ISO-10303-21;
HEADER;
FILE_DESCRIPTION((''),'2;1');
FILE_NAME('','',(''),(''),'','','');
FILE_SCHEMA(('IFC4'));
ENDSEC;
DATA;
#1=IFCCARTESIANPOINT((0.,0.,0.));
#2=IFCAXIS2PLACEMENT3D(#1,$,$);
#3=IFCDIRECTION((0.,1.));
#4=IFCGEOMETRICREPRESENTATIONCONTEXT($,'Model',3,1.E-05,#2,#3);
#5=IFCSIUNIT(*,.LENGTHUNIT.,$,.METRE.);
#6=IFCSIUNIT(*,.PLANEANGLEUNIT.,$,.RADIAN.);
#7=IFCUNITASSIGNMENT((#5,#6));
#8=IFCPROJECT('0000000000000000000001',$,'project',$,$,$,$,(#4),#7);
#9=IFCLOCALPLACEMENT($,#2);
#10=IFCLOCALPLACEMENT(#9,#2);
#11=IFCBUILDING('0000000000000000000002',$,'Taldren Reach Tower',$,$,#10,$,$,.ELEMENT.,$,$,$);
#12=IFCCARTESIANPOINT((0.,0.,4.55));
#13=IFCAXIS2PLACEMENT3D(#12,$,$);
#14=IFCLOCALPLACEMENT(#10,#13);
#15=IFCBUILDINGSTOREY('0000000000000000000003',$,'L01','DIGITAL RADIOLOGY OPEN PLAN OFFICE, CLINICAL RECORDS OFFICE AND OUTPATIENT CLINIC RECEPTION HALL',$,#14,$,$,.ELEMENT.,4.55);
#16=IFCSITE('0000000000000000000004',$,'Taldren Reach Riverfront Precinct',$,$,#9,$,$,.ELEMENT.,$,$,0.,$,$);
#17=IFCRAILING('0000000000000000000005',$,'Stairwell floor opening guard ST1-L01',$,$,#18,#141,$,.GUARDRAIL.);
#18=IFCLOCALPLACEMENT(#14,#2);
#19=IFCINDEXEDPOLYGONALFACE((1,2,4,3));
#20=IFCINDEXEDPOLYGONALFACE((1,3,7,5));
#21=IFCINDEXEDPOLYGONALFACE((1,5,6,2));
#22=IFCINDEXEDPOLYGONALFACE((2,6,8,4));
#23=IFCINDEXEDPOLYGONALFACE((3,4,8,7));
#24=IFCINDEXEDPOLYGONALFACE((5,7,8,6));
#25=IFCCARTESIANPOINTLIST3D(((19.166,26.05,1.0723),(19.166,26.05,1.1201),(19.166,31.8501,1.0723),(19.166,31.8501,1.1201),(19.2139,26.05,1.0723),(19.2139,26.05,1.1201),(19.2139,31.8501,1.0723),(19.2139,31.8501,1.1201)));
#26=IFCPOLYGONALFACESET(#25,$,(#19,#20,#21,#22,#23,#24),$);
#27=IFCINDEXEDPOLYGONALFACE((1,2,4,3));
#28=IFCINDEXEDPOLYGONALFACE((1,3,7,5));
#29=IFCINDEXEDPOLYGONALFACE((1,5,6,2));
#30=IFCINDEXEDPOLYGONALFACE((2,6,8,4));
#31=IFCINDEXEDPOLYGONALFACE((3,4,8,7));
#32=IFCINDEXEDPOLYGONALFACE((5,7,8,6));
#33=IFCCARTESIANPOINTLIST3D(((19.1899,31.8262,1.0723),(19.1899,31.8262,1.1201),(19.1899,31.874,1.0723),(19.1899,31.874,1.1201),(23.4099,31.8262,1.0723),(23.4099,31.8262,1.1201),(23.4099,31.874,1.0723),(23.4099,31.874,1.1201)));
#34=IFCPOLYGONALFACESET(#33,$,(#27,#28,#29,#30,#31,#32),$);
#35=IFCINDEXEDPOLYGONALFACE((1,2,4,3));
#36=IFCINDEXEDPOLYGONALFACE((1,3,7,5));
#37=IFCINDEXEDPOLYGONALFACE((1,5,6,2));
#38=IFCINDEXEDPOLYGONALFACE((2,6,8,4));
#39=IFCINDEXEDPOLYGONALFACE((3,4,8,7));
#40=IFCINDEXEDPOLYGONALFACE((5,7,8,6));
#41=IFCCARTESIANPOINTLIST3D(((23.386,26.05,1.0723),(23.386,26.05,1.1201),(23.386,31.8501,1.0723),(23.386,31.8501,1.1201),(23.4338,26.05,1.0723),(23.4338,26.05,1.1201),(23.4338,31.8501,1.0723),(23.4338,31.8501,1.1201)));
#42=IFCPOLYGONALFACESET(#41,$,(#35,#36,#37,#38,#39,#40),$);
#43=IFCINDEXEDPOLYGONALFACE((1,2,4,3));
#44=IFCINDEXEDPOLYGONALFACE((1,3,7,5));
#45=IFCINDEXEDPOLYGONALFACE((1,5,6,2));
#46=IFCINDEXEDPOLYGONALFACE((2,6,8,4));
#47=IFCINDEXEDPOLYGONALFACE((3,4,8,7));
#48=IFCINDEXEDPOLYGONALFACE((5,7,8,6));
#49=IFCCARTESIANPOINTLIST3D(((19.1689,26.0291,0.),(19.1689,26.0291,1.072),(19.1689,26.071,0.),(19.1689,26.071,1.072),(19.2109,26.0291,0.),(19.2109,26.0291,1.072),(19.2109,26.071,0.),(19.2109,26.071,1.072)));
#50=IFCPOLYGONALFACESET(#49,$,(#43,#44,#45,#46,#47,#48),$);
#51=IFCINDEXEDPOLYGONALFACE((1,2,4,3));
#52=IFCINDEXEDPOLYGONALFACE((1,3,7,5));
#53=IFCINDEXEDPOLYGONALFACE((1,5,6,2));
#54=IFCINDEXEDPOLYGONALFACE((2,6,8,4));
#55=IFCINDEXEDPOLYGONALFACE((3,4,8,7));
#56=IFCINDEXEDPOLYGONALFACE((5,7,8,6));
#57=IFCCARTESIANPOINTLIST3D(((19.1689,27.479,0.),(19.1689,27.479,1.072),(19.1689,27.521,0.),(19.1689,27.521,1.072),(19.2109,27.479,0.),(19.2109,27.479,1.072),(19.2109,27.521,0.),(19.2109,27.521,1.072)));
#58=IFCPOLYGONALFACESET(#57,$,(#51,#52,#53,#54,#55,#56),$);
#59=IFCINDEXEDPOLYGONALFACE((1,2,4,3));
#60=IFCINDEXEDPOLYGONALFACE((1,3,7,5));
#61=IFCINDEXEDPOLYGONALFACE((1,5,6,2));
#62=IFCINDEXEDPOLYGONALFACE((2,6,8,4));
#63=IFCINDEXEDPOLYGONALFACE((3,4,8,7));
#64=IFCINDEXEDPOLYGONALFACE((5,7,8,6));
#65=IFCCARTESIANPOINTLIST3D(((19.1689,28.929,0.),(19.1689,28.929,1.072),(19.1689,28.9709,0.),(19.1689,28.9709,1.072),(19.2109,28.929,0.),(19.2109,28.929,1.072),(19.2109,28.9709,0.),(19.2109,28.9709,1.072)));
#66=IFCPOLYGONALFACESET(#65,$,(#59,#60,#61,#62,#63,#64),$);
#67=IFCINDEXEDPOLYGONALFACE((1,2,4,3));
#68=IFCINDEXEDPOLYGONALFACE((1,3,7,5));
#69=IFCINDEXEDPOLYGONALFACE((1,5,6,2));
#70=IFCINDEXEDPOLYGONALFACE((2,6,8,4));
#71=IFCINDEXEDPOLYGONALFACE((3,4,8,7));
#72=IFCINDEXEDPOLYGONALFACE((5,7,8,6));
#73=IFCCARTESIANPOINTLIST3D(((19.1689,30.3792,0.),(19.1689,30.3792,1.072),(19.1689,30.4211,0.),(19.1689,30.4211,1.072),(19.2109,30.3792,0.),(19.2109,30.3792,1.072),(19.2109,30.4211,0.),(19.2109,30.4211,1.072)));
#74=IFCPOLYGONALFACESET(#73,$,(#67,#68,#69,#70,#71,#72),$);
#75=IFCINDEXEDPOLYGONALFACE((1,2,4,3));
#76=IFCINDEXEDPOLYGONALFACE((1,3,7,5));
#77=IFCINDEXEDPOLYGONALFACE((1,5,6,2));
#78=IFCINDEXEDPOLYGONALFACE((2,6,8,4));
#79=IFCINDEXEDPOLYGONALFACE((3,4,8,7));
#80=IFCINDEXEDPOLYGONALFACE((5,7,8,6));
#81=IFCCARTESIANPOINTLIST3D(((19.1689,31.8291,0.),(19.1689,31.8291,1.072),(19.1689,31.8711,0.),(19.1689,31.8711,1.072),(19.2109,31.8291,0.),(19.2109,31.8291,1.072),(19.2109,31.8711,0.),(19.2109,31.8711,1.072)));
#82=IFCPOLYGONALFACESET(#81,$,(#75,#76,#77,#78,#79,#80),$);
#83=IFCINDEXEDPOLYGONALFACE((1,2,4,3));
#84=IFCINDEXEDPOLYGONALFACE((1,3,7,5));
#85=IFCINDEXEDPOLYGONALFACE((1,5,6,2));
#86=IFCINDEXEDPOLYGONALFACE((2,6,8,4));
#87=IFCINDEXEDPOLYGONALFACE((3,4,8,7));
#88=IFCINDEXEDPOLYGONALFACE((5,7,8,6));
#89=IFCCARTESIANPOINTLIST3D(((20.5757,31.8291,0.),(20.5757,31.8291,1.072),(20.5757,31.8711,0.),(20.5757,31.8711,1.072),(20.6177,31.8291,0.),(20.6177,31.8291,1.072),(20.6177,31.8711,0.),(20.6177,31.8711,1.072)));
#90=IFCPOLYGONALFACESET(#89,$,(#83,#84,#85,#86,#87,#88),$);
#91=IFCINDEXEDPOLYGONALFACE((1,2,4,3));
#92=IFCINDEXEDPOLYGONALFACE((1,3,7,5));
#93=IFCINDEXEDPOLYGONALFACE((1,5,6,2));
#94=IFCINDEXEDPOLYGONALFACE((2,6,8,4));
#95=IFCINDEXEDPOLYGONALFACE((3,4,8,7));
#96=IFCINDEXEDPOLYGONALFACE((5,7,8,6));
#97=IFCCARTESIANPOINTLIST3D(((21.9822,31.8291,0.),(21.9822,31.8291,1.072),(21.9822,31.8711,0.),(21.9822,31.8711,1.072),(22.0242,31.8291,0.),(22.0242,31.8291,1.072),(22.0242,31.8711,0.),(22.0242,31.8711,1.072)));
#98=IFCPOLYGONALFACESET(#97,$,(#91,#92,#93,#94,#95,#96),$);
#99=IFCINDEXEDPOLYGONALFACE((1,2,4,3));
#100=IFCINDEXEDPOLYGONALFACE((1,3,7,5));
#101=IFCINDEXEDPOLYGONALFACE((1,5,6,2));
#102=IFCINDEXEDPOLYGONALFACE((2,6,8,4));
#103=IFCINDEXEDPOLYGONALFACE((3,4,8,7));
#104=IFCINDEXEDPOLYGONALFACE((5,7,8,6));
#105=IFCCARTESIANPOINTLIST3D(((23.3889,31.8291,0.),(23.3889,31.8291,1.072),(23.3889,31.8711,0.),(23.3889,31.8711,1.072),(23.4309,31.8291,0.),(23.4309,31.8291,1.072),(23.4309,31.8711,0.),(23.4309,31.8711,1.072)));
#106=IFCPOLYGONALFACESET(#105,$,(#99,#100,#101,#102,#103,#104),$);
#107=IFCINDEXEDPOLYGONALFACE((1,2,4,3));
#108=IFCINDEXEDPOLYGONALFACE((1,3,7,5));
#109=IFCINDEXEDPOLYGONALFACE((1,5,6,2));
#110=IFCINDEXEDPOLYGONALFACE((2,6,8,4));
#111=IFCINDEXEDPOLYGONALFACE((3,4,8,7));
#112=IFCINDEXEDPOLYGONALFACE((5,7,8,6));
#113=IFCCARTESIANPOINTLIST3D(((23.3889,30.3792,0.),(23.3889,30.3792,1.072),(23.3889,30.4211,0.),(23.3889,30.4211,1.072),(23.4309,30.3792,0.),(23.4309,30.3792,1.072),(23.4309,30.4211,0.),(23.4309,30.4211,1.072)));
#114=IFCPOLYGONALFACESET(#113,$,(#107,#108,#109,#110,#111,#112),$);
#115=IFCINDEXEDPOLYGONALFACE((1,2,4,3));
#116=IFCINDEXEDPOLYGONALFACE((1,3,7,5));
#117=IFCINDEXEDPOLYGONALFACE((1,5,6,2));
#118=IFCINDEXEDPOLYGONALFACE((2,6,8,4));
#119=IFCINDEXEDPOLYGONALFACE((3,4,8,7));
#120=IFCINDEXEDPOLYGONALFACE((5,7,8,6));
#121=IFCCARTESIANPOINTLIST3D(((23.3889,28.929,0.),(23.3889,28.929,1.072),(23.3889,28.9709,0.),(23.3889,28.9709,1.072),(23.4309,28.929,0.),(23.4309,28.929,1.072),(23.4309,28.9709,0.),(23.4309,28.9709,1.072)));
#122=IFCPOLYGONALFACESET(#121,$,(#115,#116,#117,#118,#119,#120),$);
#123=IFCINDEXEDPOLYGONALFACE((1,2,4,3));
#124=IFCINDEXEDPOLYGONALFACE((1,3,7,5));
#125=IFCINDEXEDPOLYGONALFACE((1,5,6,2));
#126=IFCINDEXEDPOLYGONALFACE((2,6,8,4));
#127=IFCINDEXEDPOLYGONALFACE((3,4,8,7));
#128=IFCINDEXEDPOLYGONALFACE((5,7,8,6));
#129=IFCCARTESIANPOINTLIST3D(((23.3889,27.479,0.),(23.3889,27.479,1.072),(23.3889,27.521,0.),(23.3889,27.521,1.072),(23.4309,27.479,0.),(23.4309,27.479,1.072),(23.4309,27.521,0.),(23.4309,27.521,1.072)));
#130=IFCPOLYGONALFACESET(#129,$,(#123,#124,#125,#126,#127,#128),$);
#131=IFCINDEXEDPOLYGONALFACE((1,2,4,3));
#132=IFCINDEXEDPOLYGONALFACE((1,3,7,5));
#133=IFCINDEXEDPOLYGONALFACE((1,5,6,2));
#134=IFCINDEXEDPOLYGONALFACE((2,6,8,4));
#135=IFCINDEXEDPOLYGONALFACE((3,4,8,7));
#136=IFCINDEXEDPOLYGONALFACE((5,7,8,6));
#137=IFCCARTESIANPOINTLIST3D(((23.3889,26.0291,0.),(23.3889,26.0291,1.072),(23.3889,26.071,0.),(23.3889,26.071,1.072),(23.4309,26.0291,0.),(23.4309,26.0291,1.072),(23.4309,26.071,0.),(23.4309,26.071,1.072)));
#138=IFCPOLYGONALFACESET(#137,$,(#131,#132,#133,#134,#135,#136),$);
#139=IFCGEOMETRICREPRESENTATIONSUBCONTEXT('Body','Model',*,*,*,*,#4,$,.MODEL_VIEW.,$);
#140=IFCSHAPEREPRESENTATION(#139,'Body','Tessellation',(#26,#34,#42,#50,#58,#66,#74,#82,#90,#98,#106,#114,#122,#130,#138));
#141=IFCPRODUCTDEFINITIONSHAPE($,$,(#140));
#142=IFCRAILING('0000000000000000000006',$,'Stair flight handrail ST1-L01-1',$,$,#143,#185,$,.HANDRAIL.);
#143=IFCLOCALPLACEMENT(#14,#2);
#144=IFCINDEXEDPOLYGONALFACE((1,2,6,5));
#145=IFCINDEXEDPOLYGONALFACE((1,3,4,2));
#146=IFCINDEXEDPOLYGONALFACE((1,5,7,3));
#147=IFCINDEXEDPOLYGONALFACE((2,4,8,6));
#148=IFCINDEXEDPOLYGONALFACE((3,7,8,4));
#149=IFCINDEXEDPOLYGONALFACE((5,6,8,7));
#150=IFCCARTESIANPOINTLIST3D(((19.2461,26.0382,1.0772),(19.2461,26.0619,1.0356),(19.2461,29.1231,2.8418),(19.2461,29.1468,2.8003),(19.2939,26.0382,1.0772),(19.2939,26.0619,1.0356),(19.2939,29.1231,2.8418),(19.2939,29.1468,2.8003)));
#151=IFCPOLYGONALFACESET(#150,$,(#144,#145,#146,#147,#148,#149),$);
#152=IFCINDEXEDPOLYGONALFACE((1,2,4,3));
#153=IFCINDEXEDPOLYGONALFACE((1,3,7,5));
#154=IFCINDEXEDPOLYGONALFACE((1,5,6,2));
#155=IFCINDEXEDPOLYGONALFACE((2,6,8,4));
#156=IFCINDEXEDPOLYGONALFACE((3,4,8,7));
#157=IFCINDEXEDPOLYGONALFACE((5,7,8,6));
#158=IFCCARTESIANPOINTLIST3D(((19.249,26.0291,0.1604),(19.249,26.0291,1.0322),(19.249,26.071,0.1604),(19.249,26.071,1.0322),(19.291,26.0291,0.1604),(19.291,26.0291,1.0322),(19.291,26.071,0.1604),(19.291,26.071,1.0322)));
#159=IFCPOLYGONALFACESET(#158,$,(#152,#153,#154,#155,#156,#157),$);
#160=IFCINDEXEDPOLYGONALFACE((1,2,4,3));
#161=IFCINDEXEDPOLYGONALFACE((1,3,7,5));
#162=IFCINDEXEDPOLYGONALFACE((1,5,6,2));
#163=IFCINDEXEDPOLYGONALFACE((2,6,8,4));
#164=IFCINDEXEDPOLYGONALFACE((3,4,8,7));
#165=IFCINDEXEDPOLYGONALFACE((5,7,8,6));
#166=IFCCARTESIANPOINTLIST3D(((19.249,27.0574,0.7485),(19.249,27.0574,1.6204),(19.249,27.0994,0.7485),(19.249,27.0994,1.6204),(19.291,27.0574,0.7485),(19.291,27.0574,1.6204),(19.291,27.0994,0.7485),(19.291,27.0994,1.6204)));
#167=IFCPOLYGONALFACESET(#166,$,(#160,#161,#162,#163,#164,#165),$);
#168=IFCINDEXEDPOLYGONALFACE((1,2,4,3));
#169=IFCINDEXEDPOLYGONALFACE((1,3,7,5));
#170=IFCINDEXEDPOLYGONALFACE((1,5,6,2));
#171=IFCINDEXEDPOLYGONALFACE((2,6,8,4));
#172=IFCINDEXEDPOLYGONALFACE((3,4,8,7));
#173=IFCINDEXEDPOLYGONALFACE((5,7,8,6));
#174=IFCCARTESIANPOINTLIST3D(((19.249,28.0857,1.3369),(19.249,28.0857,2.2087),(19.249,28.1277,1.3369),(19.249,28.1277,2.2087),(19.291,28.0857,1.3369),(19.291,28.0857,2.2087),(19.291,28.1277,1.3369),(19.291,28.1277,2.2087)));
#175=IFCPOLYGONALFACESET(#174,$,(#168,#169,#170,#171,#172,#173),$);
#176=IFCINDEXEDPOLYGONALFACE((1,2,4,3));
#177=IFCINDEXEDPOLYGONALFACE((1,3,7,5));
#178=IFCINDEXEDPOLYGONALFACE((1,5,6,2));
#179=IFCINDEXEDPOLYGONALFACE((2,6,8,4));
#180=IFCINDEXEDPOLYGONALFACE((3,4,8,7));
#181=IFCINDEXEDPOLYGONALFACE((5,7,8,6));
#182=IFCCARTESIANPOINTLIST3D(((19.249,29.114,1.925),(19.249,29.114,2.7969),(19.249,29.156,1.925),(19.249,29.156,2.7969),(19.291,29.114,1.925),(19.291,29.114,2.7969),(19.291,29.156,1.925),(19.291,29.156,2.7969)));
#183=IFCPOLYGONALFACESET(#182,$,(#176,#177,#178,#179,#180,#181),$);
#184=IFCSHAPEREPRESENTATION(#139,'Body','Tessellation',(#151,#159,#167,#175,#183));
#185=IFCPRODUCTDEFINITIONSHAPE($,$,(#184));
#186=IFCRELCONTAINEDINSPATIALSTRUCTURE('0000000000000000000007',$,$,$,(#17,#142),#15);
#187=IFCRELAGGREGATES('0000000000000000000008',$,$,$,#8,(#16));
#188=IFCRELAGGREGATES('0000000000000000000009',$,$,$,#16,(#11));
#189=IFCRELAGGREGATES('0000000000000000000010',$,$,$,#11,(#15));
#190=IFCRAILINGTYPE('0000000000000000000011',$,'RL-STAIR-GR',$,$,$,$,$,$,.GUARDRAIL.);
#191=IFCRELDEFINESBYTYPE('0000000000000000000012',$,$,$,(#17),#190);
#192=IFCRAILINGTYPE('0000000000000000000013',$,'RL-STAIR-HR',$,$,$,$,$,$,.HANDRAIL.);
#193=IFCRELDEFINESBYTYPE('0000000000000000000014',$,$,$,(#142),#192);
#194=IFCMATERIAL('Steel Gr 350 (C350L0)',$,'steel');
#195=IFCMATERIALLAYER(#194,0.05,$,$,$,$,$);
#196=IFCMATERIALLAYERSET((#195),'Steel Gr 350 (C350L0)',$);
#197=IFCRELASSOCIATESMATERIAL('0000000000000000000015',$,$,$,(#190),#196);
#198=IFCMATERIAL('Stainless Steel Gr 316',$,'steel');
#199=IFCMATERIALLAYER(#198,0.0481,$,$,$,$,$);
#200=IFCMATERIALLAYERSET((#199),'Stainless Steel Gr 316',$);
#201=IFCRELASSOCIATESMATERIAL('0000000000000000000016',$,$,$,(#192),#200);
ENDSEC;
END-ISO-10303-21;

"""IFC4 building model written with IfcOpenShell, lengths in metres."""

from ifc_helpers import new_model, si_unit, direction, frame, origin, origin_2d, place, context, subcontext, project, spatial, rectangle, extrude, material, layer, layer_set, type_object, element, save


model = new_model("IFC4")

# Units and contexts
model_context = context("Model", 3, precision=1e-05, world=origin(), true_north=direction((0.0, 1.0)))
body_context = subcontext(model_context, "Body", "Model", "MODEL_VIEW")
ifc_project = project(units=[si_unit("LENGTHUNIT", "METRE"), si_unit("PLANEANGLEUNIT", "RADIAN")], contexts=[model_context])

# Site, building, storey
site_placement = place(None, origin())
site = spatial("IfcSite", under=ifc_project, at=site_placement, Name="Taldren Reach Riverfront Precinct", CompositionType="ELEMENT", RefElevation=0.0)
building_placement = place(site_placement, origin())
building = spatial("IfcBuilding", under=site, at=building_placement, Name="Taldren Reach Tower", CompositionType="ELEMENT")
storey_placement = place(building_placement, frame((0.0, 0.0, 4.55)))
storey = spatial("IfcBuildingStorey", under=building, at=storey_placement, Name="L01", Description="DIGITAL RADIOLOGY OPEN PLAN OFFICE, CLINICAL RECORDS OFFICE AND OUTPATIENT CLINIC RECEPTION HALL", CompositionType="ELEMENT", Elevation=4.55)

# Railings
ifc_material_1 = material(Name="Steel Gr 350 (C350L0)", Category="steel")
ifc_layer_1 = layer(ifc_material_1, 0.05)
ifc_layer_set_1 = layer_set([ifc_layer_1], Name="Steel Gr 350 (C350L0)")
railing_type_1 = type_object("IfcRailingType", Name="RL-STAIR-GR", PredefinedType="GUARDRAIL", material=ifc_layer_set_1)
railing_1_placement = place(storey_placement, frame((19.1899, 26.05, 0.0)))
element("IfcRailing", 1, at=railing_1_placement, inside=storey, type_object=railing_type_1, Name="Stairwell floor opening guard ST1-L01", PredefinedType="GUARDRAIL", context=body_context, shape_type="SweptSolid", body=[
    extrude(rectangle(XDim=0.0479, YDim=0.0479, at=origin_2d()), frame((0.0, 0.0, 1.0962), z_axis=(0.0, 1.0, 0.0), x_axis=(-1.0, 0.0, 0.0)), (0.0, 0.0, 1.0), 5.8),
    extrude(rectangle(XDim=0.0479, YDim=0.0479, at=origin_2d()), frame((0.0, 5.8, 1.0962), z_axis=(1.0, 0.0, 0.0), x_axis=(0.0, 1.0, 0.0)), (0.0, 0.0, 1.0), 4.22),
    extrude(rectangle(XDim=0.0479, YDim=0.0479, at=origin_2d()), frame((4.22, 5.8, 1.0962), z_axis=(0.0, -1.0, 0.0), x_axis=(1.0, 0.0, 0.0)), (0.0, 0.0, 1.0), 5.8),
    extrude(rectangle(XDim=0.042, YDim=0.042, at=origin_2d()), origin(), (0.0, 0.0, 1.0), 1.072),
    extrude(rectangle(XDim=0.042, YDim=0.042, at=origin_2d()), frame((0.0, 1.45, 0.0)), (0.0, 0.0, 1.0), 1.072),
    extrude(rectangle(XDim=0.042, YDim=0.042, at=origin_2d()), frame((0.0, 2.8999, 0.0)), (0.0, 0.0, 1.0), 1.072),
    extrude(rectangle(XDim=0.042, YDim=0.042, at=origin_2d()), frame((0.0, 4.3501, 0.0)), (0.0, 0.0, 1.0), 1.072),
    extrude(rectangle(XDim=0.042, YDim=0.042, at=origin_2d()), frame((0.0, 5.8, 0.0)), (0.0, 0.0, 1.0), 1.072),
    extrude(rectangle(XDim=0.042, YDim=0.042, at=origin_2d()), frame((1.4067, 5.8, 0.0)), (0.0, 0.0, 1.0), 1.072),
    extrude(rectangle(XDim=0.042, YDim=0.042, at=origin_2d()), frame((2.8132, 5.8, 0.0)), (0.0, 0.0, 1.0), 1.072),
    extrude(rectangle(XDim=0.042, YDim=0.042, at=origin_2d()), frame((4.22, 5.8, 0.0)), (0.0, 0.0, 1.0), 1.072),
    extrude(rectangle(XDim=0.042, YDim=0.042, at=origin_2d()), frame((4.22, 4.3501, 0.0)), (0.0, 0.0, 1.0), 1.072),
    extrude(rectangle(XDim=0.042, YDim=0.042, at=origin_2d()), frame((4.22, 2.8999, 0.0)), (0.0, 0.0, 1.0), 1.072),
    extrude(rectangle(XDim=0.042, YDim=0.042, at=origin_2d()), frame((4.22, 1.45, 0.0)), (0.0, 0.0, 1.0), 1.072),
    extrude(rectangle(XDim=0.042, YDim=0.042, at=origin_2d()), frame((4.22, 0.0, 0.0)), (0.0, 0.0, 1.0), 1.072),
])
ifc_material_2 = material(Name="Stainless Steel Gr 316", Category="steel")
ifc_layer_2 = layer(ifc_material_2, 0.0481)
ifc_layer_set_2 = layer_set([ifc_layer_2], Name="Stainless Steel Gr 316")
railing_type_2 = type_object("IfcRailingType", Name="RL-STAIR-HR", PredefinedType="HANDRAIL", material=ifc_layer_set_2)
railing_2_placement = place(storey_placement, frame((19.27, 26.05, 0.1604)))
element("IfcRailing", 2, at=railing_2_placement, inside=storey, type_object=railing_type_2, Name="Stair flight handrail ST1-L01-1", PredefinedType="HANDRAIL", context=body_context, shape_type="SweptSolid", body=[
    extrude(rectangle(XDim=0.0479, YDim=0.0479, at=origin_2d()), frame((0.0, 0.0, 0.896), z_axis=(0.0, 0.868023, 0.496524), x_axis=(-1.0, 0.0, 0.0)), (0.0, 0.0, 1.0), 3.554),
    extrude(rectangle(XDim=0.042, YDim=0.042, at=origin_2d()), origin(), (0.0, 0.0, 1.0), 0.8718),
    extrude(rectangle(XDim=0.042, YDim=0.042, at=origin_2d()), frame((0.0, 1.0283, 0.5881)), (0.0, 0.0, 1.0), 0.8718),
    extrude(rectangle(XDim=0.042, YDim=0.042, at=origin_2d()), frame((0.0, 2.0566, 1.1765)), (0.0, 0.0, 1.0), 0.8718),
    extrude(rectangle(XDim=0.042, YDim=0.042, at=origin_2d()), frame((0.0, 3.085, 1.7646)), (0.0, 0.0, 1.0), 0.8718),
])

save(model, "model.ifc")
